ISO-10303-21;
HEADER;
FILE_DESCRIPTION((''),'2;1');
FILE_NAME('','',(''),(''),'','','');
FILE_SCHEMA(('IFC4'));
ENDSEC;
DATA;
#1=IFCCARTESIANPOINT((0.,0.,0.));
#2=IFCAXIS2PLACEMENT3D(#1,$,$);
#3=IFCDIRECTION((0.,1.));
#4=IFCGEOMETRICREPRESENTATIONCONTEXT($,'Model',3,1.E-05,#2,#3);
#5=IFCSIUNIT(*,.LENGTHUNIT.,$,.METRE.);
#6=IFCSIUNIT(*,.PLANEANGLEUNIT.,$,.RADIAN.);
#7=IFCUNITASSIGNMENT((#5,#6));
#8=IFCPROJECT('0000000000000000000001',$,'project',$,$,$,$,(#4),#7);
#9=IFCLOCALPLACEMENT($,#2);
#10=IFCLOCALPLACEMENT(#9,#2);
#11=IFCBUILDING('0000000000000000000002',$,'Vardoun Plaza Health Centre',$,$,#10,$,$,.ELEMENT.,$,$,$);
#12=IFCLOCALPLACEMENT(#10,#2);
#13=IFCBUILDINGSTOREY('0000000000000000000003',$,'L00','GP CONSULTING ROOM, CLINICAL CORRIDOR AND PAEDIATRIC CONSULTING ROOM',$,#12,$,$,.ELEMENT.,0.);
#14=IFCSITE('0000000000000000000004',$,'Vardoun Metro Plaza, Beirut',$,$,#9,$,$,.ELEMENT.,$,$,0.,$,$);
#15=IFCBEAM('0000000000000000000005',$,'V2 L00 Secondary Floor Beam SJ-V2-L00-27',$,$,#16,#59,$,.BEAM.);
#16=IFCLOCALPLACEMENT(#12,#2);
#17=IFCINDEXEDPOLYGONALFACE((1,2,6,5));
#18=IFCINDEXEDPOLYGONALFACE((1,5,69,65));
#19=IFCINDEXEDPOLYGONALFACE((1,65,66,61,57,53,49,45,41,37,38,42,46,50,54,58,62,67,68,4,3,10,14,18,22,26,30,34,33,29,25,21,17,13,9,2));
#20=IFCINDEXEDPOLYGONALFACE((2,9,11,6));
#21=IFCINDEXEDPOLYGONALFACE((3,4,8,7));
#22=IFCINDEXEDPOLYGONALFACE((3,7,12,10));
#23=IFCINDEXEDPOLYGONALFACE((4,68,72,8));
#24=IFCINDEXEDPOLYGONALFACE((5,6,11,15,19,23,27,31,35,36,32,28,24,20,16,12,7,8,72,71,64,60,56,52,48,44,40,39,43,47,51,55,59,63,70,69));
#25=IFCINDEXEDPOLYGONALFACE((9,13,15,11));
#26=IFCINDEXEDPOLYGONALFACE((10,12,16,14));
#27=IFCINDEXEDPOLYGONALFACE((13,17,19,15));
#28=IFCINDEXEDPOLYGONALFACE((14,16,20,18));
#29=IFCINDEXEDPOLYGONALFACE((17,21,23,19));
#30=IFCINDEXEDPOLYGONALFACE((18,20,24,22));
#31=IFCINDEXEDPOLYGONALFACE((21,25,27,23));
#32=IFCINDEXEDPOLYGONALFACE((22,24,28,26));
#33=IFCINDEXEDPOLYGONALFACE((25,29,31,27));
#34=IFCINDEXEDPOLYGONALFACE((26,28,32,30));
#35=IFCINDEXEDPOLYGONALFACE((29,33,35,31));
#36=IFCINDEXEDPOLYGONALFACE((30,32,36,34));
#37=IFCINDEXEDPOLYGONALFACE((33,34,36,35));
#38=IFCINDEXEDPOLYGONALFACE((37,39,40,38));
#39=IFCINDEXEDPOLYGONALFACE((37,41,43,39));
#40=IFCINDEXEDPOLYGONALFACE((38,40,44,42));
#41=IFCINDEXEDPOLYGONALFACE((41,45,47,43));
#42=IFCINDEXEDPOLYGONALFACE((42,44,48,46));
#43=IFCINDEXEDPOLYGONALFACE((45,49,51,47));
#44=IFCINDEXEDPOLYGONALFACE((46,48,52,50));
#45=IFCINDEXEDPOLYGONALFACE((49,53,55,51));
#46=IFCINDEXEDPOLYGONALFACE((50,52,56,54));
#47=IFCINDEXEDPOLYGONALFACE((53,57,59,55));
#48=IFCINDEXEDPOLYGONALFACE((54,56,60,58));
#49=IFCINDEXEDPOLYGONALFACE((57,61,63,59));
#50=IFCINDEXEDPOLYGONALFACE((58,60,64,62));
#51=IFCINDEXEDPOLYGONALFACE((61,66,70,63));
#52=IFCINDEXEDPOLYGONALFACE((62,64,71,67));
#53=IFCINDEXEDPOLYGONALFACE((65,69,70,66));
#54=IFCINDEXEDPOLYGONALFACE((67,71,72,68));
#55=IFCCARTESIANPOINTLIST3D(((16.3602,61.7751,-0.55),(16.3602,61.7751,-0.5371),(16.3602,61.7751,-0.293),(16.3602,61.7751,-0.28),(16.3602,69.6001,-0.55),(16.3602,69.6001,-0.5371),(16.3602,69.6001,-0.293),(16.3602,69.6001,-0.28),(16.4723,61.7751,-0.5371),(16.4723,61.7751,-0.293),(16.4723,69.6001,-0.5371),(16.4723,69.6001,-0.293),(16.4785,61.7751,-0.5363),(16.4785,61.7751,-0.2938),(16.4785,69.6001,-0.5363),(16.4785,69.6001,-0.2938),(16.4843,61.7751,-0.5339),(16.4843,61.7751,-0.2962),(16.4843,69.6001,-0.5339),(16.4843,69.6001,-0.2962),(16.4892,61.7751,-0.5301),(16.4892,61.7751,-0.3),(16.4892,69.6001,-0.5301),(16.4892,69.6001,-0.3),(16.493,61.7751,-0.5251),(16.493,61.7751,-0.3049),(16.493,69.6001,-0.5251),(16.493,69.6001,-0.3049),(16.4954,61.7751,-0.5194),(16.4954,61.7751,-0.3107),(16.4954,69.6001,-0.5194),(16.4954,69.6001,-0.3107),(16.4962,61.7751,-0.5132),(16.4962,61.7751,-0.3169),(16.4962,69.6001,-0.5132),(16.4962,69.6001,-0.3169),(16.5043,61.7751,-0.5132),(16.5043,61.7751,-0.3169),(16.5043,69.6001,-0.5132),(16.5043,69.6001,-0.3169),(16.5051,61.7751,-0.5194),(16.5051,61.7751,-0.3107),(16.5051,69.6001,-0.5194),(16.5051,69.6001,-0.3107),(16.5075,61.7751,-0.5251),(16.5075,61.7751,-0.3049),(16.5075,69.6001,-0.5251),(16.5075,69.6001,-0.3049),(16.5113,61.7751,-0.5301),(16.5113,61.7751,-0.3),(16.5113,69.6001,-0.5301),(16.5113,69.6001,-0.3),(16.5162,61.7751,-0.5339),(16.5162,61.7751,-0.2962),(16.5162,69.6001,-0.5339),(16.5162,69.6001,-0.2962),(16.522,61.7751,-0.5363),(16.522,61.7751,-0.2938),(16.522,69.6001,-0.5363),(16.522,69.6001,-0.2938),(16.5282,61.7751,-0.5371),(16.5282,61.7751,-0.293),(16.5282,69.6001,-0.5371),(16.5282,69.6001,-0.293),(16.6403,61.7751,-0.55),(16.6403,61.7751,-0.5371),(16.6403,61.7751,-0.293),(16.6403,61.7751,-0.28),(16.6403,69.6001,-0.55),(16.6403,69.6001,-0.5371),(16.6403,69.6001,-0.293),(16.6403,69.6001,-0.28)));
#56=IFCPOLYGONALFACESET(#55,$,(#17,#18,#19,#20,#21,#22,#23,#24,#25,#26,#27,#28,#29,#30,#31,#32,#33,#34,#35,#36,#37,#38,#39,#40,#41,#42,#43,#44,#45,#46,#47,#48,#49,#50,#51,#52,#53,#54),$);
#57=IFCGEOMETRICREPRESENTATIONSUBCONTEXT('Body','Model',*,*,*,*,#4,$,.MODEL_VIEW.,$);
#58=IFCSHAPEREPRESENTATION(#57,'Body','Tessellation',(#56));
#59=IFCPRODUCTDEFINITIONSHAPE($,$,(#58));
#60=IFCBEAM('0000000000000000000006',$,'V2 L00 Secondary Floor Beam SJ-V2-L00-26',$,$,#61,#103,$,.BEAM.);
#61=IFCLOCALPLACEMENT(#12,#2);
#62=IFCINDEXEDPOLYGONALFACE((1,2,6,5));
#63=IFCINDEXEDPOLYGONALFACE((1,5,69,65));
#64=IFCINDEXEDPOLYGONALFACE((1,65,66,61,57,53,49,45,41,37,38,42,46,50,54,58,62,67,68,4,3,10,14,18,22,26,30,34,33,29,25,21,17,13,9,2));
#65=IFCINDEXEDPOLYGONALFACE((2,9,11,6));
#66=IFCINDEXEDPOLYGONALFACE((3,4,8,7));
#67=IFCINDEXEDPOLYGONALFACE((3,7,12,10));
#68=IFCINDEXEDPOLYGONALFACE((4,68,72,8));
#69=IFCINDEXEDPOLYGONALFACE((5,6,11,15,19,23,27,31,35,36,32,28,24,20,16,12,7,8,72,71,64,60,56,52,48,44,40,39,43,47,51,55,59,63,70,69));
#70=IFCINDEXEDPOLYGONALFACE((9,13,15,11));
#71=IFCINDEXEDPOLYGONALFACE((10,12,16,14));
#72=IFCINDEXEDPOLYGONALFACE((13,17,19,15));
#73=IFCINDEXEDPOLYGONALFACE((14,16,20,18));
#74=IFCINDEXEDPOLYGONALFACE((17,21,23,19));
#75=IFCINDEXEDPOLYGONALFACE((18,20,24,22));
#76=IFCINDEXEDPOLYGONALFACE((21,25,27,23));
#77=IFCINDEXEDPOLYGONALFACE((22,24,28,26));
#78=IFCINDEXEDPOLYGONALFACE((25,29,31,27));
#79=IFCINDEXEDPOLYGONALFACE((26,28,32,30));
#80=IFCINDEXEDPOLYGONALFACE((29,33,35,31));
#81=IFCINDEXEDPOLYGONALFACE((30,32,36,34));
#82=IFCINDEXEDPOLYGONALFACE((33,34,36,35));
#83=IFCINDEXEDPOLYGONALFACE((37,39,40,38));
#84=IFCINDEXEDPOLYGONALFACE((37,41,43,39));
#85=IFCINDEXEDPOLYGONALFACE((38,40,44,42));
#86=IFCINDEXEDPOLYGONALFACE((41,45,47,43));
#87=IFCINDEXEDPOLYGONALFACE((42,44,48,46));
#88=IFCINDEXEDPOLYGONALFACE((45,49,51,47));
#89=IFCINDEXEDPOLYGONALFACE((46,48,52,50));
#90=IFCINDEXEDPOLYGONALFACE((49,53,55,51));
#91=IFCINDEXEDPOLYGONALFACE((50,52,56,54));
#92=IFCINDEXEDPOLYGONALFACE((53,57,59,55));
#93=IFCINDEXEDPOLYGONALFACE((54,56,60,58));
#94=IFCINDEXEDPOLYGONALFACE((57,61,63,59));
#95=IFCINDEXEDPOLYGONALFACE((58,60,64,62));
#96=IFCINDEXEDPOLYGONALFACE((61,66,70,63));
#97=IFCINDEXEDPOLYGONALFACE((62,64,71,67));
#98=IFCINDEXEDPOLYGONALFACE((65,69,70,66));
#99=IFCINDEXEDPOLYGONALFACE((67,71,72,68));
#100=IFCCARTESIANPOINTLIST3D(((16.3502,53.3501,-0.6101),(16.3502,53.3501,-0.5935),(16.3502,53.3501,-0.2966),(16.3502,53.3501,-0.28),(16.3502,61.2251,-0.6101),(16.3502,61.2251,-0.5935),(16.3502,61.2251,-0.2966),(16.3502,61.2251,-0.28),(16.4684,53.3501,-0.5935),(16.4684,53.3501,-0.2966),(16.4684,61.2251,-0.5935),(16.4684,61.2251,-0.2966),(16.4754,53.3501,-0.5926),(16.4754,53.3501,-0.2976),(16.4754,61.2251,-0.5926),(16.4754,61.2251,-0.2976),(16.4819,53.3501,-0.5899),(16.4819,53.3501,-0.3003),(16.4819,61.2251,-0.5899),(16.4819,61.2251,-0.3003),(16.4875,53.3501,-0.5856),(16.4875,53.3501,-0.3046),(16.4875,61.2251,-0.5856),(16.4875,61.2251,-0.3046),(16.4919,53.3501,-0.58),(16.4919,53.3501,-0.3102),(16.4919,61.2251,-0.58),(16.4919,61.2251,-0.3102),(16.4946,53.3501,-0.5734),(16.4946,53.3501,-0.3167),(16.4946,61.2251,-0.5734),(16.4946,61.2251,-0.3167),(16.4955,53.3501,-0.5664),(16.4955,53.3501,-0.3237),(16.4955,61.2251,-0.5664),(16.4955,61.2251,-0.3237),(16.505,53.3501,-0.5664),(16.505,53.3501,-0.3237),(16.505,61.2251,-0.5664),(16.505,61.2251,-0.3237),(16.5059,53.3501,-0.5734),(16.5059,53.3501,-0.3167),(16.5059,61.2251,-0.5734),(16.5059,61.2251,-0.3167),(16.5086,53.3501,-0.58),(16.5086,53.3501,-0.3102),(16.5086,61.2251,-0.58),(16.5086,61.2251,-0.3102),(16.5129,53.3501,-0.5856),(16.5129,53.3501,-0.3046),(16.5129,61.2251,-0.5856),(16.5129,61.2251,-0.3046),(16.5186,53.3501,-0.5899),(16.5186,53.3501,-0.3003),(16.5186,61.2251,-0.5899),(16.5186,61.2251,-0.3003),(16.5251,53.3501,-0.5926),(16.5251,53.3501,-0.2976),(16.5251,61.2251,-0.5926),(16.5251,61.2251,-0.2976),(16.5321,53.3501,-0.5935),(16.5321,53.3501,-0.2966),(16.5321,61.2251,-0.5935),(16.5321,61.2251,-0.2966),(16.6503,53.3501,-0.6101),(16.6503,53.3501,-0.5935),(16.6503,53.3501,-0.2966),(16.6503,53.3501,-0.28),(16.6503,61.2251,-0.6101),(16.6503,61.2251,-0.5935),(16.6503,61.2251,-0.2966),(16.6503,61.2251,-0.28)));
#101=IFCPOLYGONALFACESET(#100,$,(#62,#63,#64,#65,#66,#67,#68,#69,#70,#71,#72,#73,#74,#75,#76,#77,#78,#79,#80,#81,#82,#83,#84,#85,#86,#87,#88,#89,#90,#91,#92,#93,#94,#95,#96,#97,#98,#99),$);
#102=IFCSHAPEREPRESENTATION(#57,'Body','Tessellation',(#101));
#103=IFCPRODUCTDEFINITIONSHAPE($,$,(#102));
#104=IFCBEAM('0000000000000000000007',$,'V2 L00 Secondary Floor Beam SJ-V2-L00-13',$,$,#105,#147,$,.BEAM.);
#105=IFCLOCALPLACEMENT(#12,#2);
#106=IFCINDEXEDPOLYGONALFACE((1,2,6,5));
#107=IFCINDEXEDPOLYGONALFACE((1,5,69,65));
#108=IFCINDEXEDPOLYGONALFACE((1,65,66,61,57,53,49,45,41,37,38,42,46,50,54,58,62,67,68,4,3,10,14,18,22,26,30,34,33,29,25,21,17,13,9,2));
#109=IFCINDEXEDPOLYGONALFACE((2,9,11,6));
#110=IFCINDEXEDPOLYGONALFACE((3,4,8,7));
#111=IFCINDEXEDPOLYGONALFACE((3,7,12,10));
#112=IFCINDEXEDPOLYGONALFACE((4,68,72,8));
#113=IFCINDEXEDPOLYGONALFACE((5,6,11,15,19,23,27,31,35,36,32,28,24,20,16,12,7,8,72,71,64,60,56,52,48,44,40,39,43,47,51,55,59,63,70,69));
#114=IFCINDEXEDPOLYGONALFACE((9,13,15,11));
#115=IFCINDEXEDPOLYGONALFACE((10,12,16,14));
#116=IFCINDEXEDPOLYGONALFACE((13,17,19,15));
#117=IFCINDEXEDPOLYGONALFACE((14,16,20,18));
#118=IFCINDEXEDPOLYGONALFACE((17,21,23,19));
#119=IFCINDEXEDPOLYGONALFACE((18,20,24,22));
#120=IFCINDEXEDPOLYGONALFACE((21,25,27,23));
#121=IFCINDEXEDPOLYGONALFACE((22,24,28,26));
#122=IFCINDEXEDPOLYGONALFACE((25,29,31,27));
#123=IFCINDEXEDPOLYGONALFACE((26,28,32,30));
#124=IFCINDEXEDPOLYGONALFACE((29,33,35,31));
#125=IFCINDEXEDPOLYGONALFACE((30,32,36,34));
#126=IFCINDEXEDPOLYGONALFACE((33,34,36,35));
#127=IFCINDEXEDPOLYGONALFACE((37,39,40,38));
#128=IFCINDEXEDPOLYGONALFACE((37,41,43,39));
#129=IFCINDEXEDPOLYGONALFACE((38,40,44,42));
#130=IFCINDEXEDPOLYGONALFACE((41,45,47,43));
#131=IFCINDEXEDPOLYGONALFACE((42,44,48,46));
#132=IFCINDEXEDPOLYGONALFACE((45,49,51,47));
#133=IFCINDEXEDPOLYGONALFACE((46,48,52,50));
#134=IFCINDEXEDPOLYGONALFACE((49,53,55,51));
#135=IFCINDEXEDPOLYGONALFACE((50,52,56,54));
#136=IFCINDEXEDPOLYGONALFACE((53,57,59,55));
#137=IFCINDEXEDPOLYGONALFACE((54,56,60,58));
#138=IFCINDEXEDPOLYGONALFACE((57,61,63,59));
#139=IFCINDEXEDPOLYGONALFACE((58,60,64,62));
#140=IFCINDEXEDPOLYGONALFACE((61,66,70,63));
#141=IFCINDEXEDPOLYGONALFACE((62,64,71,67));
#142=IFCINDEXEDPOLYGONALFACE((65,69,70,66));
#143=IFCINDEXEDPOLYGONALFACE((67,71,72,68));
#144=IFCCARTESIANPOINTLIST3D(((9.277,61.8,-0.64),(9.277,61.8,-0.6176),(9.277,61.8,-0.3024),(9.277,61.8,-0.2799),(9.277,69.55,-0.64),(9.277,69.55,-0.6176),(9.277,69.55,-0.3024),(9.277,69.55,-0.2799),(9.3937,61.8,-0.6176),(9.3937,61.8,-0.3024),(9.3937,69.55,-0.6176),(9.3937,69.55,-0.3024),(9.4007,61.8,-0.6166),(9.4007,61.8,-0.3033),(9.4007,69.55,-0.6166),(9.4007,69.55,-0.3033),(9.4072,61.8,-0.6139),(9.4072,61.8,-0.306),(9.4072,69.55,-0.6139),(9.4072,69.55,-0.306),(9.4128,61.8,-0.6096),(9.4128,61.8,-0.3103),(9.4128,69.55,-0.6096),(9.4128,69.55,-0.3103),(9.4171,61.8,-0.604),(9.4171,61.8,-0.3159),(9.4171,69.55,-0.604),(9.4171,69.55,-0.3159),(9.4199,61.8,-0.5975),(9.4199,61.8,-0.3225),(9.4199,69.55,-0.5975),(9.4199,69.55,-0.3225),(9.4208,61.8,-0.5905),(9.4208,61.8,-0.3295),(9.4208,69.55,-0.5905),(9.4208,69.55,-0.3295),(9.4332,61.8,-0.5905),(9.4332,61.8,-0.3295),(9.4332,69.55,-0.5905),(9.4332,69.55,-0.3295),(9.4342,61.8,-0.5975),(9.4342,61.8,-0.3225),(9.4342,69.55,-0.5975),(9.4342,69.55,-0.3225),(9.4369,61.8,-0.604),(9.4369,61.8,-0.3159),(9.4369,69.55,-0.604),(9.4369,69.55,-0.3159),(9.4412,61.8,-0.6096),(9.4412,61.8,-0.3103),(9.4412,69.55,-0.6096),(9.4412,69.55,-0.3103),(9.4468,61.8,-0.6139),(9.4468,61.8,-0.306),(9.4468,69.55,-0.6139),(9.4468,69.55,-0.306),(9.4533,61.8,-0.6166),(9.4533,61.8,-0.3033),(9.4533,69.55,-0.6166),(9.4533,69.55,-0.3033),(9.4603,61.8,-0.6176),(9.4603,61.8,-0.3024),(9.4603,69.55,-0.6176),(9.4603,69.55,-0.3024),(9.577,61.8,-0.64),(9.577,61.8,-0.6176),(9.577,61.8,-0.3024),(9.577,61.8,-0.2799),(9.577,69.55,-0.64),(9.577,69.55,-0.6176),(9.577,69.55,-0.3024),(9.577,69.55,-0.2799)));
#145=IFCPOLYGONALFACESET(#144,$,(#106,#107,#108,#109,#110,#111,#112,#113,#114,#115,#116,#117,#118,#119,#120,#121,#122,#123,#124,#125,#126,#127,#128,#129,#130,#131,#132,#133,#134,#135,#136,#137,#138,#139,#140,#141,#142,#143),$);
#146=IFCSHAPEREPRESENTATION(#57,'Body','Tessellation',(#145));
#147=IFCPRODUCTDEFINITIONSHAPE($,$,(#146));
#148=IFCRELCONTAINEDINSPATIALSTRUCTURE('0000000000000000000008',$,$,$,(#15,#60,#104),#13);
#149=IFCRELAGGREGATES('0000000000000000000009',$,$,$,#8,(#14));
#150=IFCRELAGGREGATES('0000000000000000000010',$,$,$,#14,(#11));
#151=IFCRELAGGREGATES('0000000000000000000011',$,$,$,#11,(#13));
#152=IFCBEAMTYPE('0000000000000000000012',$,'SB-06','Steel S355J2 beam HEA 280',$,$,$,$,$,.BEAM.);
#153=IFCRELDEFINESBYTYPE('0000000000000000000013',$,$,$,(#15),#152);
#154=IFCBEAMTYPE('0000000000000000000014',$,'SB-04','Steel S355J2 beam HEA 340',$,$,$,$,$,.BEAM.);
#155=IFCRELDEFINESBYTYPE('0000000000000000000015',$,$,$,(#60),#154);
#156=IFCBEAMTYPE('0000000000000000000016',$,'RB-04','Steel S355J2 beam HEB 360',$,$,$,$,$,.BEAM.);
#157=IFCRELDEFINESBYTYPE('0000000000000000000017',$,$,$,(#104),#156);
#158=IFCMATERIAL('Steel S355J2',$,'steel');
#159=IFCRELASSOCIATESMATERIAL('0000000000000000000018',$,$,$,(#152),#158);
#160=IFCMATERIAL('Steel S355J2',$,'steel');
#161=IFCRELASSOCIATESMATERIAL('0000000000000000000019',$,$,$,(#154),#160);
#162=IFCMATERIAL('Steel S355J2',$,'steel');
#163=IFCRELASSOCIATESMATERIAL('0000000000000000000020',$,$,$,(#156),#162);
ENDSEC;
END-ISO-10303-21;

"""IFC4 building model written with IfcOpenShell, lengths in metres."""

from ifc_helpers import new_model, si_unit, direction, frame, origin, origin_2d, place, context, subcontext, project, spatial, i_section, extrude, material, material_profile, profile_set, type_object, element, save


model = new_model("IFC4")

# Units and contexts
model_context = context("Model", 3, precision=1e-05, world=origin(), true_north=direction((0.0, 1.0)))
body_context = subcontext(model_context, "Body", "Model", "MODEL_VIEW")
ifc_project = project(units=[si_unit("LENGTHUNIT", "METRE"), si_unit("PLANEANGLEUNIT", "RADIAN")], contexts=[model_context])

# Site, building, storey
site_placement = place(None, origin())
site = spatial("IfcSite", under=ifc_project, at=site_placement, Name="Vardoun Metro Plaza, Beirut", CompositionType="ELEMENT", RefElevation=0.0)
building_placement = place(site_placement, origin())
building = spatial("IfcBuilding", under=site, at=building_placement, Name="Vardoun Plaza Health Centre", CompositionType="ELEMENT")
storey_placement = place(building_placement, origin())
storey = spatial("IfcBuildingStorey", under=building, at=storey_placement, Name="L00", Description="GP CONSULTING ROOM, CLINICAL CORRIDOR AND PAEDIATRIC CONSULTING ROOM", CompositionType="ELEMENT", Elevation=0.0)

# Beams
ifc_material_1 = material(Name="Steel S355J2", Category="steel")
ifc_material_profile_1 = material_profile(ifc_material_1, i_section(OverallWidth=0.28, OverallDepth=0.27, WebThickness=0.0081, FlangeThickness=0.0129, FilletRadius=0.0239, at=origin_2d()), Name="HEA 280")
ifc_profile_set_1 = profile_set([ifc_material_profile_1], Name="Steel S355J2")
beam_type_1 = type_object("IfcBeamType", Name="SB-06", Description="Steel S355J2 beam HEA 280", PredefinedType="BEAM", material=ifc_profile_set_1)
beam_1_placement = place(storey_placement, frame((16.5002, 61.7751, -0.415), z_axis=(0.0, 1.0, 0.0), x_axis=(-1.0, 0.0, 0.0)))
element("IfcBeam", 1, at=beam_1_placement, inside=storey, type_object=beam_type_1, Name="V2 L00 Secondary Floor Beam SJ-V2-L00-27", PredefinedType="BEAM", context=body_context, shape_type="SweptSolid", body=[
    extrude(i_section(OverallWidth=0.28, OverallDepth=0.27, WebThickness=0.0081, FlangeThickness=0.0129, FilletRadius=0.0239, at=origin_2d()), origin(), (0.0, 0.0, 1.0), 7.825),
])
ifc_material_2 = material(Name="Steel S355J2", Category="steel")
ifc_material_profile_2 = material_profile(ifc_material_2, i_section(OverallWidth=0.3, OverallDepth=0.3301, WebThickness=0.0095, FlangeThickness=0.0166, FilletRadius=0.0271, at=origin_2d()), Name="HEA 340")
ifc_profile_set_2 = profile_set([ifc_material_profile_2], Name="Steel S355J2")
beam_type_2 = type_object("IfcBeamType", Name="SB-04", Description="Steel S355J2 beam HEA 340", PredefinedType="BEAM", material=ifc_profile_set_2)
beam_2_placement = place(storey_placement, frame((16.5002, 53.3501, -0.4451), z_axis=(0.0, 1.0, 0.0), x_axis=(-1.0, 0.0, 0.0)))
element("IfcBeam", 2, at=beam_2_placement, inside=storey, type_object=beam_type_2, Name="V2 L00 Secondary Floor Beam SJ-V2-L00-26", PredefinedType="BEAM", context=body_context, shape_type="SweptSolid", body=[
    extrude(i_section(OverallWidth=0.3, OverallDepth=0.3301, WebThickness=0.0095, FlangeThickness=0.0166, FilletRadius=0.0271, at=origin_2d()), origin(), (0.0, 0.0, 1.0), 7.875),
])
ifc_material_3 = material(Name="Steel S355J2", Category="steel")
ifc_material_profile_3 = material_profile(ifc_material_3, i_section(OverallWidth=0.3, OverallDepth=0.3601, WebThickness=0.0125, FlangeThickness=0.0225, FilletRadius=0.0271, at=origin_2d()), Name="HEB 360")
ifc_profile_set_3 = profile_set([ifc_material_profile_3], Name="Steel S355J2")
beam_type_3 = type_object("IfcBeamType", Name="RB-04", Description="Steel S355J2 beam HEB 360", PredefinedType="BEAM", material=ifc_profile_set_3)
beam_3_placement = place(storey_placement, frame((9.427, 61.8, -0.46), z_axis=(0.0, 1.0, 0.0), x_axis=(-1.0, 0.0, 0.0)))
element("IfcBeam", 3, at=beam_3_placement, inside=storey, type_object=beam_type_3, Name="V2 L00 Secondary Floor Beam SJ-V2-L00-13", PredefinedType="BEAM", context=body_context, shape_type="SweptSolid", body=[
    extrude(i_section(OverallWidth=0.3, OverallDepth=0.3601, WebThickness=0.0125, FlangeThickness=0.0225, FilletRadius=0.0271, at=origin_2d()), origin(), (0.0, 0.0, 1.0), 7.75),
])

save(model, "model.ifc")
